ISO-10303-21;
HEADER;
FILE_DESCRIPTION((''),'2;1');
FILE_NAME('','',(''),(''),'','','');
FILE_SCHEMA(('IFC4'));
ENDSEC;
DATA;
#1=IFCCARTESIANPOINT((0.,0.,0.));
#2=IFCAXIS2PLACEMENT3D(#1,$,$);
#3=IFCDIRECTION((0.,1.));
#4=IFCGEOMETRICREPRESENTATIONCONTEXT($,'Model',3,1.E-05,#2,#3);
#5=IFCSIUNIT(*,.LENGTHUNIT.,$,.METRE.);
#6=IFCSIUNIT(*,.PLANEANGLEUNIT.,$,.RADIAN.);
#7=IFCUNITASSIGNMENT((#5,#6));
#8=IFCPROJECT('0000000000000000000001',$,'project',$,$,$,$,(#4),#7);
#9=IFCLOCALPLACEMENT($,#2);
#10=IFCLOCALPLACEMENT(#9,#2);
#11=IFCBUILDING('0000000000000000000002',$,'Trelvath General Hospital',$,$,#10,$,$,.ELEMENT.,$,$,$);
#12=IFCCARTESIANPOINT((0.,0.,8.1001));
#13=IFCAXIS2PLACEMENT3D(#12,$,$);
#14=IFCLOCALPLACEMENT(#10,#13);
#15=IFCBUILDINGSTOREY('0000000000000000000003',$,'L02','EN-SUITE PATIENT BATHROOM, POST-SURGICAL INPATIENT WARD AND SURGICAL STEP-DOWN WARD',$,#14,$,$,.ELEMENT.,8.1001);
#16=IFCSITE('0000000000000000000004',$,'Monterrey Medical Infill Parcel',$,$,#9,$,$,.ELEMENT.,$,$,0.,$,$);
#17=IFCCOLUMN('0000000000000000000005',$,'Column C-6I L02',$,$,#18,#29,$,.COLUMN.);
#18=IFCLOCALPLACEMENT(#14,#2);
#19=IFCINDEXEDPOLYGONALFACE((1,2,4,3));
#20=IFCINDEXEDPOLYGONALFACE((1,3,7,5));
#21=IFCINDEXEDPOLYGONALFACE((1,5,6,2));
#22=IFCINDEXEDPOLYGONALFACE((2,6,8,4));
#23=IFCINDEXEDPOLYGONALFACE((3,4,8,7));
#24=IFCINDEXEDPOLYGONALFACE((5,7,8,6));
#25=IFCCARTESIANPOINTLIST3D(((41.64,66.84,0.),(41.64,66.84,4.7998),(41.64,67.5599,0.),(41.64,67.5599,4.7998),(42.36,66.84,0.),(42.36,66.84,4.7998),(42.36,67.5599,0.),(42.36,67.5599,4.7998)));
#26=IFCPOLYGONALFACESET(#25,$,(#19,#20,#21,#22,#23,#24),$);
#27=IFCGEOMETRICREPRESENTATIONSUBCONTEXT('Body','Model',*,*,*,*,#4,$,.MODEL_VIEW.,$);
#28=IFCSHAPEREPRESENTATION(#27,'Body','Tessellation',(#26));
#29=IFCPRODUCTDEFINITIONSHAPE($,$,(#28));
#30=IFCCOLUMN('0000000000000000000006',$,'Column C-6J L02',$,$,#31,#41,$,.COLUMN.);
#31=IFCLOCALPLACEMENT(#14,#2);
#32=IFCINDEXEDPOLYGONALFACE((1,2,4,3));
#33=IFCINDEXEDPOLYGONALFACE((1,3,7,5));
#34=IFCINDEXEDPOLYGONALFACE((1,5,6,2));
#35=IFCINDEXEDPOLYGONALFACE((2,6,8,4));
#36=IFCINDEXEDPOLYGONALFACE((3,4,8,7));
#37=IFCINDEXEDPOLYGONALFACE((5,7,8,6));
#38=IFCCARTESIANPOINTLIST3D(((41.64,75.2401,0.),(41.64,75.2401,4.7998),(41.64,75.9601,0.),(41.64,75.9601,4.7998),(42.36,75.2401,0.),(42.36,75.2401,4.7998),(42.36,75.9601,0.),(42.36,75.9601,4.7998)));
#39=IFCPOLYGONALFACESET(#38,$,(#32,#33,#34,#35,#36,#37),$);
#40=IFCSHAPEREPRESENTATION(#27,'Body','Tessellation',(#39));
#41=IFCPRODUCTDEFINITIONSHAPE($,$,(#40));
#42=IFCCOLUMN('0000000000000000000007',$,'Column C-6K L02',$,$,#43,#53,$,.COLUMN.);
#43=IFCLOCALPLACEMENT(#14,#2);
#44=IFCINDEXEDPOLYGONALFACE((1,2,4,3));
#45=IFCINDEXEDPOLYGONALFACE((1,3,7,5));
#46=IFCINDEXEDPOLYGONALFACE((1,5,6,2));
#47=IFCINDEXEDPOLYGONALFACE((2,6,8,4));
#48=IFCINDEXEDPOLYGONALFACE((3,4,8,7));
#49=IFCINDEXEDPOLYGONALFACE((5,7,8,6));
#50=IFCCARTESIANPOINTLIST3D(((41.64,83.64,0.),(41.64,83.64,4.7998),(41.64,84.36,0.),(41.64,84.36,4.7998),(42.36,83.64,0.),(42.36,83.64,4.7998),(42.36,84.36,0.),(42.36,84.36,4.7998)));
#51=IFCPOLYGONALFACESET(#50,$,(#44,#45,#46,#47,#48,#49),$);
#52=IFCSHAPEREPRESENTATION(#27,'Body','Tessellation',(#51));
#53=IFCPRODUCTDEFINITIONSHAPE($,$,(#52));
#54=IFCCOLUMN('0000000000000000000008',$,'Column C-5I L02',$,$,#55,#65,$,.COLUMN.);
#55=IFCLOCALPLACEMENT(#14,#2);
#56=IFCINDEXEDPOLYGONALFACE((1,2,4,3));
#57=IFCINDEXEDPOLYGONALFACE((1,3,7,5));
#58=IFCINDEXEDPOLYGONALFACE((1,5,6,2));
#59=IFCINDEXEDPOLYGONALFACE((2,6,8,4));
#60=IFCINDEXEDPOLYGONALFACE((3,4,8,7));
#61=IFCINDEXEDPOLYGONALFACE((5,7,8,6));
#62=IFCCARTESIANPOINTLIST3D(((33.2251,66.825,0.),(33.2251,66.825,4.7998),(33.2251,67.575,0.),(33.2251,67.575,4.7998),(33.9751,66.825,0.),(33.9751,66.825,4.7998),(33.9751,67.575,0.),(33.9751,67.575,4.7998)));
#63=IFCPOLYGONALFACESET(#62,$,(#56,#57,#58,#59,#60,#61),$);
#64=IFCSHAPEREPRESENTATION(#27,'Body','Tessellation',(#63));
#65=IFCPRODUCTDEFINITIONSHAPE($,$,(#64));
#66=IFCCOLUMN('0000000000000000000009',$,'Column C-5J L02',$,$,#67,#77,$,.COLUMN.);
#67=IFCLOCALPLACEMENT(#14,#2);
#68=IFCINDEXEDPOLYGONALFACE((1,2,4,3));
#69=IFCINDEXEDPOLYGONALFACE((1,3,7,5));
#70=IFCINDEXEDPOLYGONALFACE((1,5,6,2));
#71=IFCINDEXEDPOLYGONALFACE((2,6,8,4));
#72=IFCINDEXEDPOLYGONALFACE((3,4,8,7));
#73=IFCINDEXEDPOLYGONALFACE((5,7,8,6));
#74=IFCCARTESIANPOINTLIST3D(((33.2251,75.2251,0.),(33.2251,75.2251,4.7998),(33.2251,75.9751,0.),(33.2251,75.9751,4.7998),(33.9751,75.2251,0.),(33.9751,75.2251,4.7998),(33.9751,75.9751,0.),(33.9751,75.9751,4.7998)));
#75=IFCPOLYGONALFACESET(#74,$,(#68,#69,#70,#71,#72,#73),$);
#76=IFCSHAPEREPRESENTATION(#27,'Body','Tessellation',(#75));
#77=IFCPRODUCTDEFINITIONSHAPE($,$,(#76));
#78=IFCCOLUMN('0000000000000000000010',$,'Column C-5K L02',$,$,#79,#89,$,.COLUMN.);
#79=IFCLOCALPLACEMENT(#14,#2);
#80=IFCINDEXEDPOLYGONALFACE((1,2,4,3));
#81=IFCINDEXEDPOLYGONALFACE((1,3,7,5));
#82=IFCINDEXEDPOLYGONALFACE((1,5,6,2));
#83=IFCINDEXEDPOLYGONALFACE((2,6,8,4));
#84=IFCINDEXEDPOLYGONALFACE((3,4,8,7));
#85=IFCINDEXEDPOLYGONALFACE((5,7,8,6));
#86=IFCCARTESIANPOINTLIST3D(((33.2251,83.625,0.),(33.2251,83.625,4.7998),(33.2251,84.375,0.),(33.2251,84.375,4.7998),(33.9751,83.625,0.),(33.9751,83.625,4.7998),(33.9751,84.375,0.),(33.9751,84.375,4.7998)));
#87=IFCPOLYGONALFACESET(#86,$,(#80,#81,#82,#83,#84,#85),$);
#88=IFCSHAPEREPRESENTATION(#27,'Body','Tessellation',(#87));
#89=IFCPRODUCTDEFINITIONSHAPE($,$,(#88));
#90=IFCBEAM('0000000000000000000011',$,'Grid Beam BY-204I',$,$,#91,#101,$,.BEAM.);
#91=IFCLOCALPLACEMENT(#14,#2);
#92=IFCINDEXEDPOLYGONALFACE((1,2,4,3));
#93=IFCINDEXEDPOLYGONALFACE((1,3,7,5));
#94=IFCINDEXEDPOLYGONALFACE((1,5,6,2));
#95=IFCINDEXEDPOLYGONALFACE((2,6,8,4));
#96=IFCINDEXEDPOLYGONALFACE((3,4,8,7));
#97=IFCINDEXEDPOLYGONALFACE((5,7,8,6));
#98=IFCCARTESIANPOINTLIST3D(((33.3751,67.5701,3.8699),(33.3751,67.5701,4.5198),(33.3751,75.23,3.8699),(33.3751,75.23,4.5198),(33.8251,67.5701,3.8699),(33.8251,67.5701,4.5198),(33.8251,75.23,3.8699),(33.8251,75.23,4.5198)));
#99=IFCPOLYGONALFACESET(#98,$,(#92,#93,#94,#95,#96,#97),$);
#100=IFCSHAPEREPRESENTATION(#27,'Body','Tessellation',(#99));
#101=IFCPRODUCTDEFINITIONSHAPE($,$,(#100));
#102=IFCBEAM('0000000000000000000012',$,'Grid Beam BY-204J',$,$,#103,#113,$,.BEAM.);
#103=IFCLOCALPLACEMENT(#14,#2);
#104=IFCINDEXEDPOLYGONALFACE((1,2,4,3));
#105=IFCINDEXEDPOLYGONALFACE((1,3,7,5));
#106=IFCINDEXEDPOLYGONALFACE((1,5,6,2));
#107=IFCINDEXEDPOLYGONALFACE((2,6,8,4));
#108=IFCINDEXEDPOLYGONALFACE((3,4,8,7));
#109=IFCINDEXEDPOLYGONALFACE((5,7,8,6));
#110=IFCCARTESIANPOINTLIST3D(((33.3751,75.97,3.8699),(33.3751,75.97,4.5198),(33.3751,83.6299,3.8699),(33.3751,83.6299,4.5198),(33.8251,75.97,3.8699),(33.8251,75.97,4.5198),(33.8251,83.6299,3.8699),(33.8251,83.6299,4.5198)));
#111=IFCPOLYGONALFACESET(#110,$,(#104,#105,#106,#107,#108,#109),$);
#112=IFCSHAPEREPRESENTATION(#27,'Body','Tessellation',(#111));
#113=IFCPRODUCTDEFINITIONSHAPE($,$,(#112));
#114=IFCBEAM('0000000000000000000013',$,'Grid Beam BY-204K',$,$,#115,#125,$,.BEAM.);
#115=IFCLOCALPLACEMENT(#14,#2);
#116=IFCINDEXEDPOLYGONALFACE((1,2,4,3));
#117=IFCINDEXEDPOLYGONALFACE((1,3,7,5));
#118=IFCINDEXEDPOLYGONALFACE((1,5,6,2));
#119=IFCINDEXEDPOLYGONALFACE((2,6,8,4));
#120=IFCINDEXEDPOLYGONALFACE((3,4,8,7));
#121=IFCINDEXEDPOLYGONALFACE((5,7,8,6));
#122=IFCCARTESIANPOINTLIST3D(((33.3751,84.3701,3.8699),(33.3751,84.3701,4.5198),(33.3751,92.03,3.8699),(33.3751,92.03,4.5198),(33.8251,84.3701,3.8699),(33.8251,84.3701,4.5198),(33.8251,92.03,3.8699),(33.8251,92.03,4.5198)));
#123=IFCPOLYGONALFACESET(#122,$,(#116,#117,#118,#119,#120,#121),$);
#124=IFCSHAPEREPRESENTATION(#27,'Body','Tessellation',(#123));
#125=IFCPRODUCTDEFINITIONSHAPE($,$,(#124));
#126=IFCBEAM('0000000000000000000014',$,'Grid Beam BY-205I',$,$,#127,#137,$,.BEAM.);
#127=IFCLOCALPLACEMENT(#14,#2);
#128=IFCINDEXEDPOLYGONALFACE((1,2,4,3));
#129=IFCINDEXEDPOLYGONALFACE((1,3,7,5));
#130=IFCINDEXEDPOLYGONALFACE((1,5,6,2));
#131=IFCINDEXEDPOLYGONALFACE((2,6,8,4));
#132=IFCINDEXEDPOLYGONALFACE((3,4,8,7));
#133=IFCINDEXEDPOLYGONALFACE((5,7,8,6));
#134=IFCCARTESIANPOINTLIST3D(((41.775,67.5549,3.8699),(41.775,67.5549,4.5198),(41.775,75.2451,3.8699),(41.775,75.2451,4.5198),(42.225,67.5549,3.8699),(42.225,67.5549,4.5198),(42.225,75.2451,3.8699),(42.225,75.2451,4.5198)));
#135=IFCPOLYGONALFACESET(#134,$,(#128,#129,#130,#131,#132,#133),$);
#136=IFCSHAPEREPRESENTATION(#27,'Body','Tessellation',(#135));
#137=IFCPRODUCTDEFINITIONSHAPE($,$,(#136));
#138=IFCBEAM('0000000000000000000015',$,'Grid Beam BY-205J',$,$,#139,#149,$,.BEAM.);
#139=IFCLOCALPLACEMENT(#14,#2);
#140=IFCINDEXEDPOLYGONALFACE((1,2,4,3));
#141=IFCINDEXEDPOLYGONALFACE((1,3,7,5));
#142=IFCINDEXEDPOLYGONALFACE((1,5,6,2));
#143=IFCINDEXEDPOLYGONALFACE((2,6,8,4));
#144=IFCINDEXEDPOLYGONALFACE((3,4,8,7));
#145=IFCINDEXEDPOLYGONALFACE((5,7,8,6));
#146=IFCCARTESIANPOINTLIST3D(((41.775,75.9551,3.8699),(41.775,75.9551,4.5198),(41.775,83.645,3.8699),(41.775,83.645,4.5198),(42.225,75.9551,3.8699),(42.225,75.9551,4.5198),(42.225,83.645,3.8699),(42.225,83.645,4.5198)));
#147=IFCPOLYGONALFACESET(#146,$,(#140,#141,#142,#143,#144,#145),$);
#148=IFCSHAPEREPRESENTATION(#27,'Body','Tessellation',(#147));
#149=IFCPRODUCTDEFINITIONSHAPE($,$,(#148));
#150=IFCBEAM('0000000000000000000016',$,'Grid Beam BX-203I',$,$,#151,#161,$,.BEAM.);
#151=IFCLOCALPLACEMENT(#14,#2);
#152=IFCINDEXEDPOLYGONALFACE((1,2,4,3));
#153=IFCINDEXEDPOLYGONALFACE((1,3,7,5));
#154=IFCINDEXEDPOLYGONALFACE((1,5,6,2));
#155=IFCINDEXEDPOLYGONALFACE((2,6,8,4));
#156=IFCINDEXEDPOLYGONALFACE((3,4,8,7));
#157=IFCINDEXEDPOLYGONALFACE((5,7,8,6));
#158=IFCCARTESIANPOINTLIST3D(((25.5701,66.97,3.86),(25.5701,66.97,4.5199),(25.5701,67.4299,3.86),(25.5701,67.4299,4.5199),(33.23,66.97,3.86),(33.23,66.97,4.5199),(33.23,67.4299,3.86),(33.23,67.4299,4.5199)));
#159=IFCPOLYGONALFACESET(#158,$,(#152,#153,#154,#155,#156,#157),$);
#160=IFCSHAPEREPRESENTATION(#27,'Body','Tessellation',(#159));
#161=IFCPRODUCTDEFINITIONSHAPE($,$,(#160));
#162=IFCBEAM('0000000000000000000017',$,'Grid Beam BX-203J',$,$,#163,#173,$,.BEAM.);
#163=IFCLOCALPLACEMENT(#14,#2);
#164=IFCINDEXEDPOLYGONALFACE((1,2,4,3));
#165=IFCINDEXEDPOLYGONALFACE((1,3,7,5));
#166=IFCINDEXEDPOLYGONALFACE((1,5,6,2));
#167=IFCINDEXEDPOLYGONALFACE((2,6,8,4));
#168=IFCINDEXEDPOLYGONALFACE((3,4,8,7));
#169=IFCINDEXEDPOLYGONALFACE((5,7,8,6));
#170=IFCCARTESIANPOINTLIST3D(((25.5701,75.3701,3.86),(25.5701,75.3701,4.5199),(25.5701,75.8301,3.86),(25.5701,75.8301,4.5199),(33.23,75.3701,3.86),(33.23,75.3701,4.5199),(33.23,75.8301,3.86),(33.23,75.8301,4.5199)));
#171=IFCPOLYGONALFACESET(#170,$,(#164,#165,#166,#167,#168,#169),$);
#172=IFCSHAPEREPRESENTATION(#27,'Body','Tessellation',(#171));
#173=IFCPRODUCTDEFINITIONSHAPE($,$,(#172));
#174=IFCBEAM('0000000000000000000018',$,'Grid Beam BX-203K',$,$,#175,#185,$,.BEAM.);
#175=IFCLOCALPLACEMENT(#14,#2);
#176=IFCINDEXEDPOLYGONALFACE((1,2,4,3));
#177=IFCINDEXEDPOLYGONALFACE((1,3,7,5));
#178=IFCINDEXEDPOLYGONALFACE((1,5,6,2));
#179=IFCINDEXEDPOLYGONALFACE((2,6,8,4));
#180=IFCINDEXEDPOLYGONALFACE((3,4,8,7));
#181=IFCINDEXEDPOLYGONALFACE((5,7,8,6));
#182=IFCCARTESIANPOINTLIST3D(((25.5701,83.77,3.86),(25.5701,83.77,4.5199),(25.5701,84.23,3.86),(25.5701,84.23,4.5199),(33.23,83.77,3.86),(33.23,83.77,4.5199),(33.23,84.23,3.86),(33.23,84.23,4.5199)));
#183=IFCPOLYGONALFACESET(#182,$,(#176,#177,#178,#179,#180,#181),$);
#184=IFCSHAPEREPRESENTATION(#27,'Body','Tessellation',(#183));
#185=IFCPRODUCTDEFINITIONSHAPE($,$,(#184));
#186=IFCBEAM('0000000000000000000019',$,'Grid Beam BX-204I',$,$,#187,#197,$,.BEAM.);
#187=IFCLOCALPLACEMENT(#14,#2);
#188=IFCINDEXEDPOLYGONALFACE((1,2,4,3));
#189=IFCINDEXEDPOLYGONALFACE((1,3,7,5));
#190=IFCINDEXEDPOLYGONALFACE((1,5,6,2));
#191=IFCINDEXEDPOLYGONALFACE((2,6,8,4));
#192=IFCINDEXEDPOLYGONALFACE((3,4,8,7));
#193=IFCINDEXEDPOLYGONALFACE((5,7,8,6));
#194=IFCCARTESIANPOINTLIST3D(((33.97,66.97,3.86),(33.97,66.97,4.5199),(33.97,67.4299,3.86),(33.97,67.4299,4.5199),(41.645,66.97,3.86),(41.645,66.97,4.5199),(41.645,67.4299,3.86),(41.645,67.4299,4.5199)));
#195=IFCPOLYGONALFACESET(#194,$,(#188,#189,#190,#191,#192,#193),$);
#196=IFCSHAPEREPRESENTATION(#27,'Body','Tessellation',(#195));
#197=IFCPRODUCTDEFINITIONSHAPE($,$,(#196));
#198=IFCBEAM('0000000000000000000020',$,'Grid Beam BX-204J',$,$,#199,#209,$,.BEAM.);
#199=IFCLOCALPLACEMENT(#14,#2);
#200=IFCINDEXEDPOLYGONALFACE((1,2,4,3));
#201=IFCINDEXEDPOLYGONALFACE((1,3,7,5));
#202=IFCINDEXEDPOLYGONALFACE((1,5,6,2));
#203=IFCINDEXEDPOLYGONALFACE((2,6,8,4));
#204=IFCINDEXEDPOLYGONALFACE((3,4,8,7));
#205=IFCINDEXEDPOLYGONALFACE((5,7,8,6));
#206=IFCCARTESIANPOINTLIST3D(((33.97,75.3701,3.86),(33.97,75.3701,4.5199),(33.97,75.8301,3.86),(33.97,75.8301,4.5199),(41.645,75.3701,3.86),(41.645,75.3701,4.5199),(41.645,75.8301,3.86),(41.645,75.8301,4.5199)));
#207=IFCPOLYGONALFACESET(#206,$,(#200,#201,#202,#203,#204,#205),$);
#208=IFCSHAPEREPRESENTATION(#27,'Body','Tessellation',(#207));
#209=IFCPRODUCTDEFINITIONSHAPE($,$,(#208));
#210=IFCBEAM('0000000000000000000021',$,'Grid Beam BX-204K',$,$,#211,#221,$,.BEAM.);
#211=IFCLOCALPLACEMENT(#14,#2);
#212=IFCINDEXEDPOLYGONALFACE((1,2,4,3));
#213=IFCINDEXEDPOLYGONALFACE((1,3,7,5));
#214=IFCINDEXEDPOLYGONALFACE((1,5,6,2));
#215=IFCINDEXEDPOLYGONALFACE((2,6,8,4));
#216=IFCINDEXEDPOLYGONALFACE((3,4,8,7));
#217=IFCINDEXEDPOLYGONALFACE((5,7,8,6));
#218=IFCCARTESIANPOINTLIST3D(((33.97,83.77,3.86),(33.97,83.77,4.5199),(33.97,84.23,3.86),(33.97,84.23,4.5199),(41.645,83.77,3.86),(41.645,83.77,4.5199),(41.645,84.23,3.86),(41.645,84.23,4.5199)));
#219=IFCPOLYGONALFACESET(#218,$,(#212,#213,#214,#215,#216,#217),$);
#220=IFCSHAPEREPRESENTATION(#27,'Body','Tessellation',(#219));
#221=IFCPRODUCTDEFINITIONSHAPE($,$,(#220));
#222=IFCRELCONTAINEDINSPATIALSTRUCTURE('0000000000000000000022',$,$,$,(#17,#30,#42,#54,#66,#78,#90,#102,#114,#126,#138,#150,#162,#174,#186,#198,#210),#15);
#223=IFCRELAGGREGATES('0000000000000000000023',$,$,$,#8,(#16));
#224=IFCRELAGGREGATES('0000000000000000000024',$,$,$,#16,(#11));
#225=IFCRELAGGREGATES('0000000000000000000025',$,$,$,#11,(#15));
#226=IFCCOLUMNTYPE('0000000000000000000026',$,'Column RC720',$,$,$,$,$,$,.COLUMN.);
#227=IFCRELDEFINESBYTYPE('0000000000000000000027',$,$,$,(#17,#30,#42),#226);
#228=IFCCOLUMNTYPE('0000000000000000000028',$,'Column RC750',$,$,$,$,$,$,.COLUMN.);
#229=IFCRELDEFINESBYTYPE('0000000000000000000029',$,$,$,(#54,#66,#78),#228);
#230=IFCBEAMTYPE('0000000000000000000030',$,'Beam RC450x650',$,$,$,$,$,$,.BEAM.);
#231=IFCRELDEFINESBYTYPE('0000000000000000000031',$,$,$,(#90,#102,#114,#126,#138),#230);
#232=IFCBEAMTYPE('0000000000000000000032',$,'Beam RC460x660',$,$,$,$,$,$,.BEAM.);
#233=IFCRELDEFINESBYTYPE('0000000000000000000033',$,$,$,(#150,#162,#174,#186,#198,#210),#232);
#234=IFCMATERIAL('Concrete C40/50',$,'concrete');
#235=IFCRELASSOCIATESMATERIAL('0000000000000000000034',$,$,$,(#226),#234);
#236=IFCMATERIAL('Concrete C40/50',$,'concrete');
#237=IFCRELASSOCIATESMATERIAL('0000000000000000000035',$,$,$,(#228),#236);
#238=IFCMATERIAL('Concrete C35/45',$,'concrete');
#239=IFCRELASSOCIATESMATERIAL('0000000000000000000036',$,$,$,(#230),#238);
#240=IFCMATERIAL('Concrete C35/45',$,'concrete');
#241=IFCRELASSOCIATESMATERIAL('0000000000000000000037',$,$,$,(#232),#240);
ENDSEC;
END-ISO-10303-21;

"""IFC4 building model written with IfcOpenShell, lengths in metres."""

from ifc_helpers import new_model, si_unit, direction, frame, origin, origin_2d, place, context, subcontext, project, spatial, rectangle, extrude, material, material_profile, profile_set, type_object, element, save


model = new_model("IFC4")

# Units and contexts
model_context = context("Model", 3, precision=1e-05, world=origin(), true_north=direction((0.0, 1.0)))
body_context = subcontext(model_context, "Body", "Model", "MODEL_VIEW")
ifc_project = project(units=[si_unit("LENGTHUNIT", "METRE"), si_unit("PLANEANGLEUNIT", "RADIAN")], contexts=[model_context])

# Site, building, storey
site_placement = place(None, origin())
site = spatial("IfcSite", under=ifc_project, at=site_placement, Name="Monterrey Medical Infill Parcel", CompositionType="ELEMENT", RefElevation=0.0)
building_placement = place(site_placement, origin())
building = spatial("IfcBuilding", under=site, at=building_placement, Name="Trelvath General Hospital", CompositionType="ELEMENT")
storey_placement = place(building_placement, frame((0.0, 0.0, 8.1001)))
storey = spatial("IfcBuildingStorey", under=building, at=storey_placement, Name="L02", Description="EN-SUITE PATIENT BATHROOM, POST-SURGICAL INPATIENT WARD AND SURGICAL STEP-DOWN WARD", CompositionType="ELEMENT", Elevation=8.1001)

# Columns
ifc_material_1 = material(Name="Concrete C40/50", Category="concrete")
ifc_material_profile_1 = material_profile(ifc_material_1, rectangle(XDim=0.72, YDim=0.72, at=origin_2d()), Name="RC720x720")
ifc_profile_set_1 = profile_set([ifc_material_profile_1], Name="Concrete C40/50")
column_type_1 = type_object("IfcColumnType", Name="Column RC720", PredefinedType="COLUMN", material=ifc_profile_set_1)
for number, where, z_axis, x_axis, name in (
    (1, (42.0, 67.2, 0.0), (0.0, 0.0, 1.0), (1.0, 0.0, 0.0), "Column C-6I L02"),
    (2, (42.0, 75.6001, 0.0), (0.0, 0.0, 1.0), (1.0, 0.0, 0.0), "Column C-6J L02"),
    (3, (42.0, 84.0, 0.0), (0.0, 0.0, 1.0), (1.0, 0.0, 0.0), "Column C-6K L02"),
):
    element("IfcColumn", number, at=place(storey_placement, frame(where, z_axis=z_axis, x_axis=x_axis)), inside=storey, type_object=column_type_1, Name=name, PredefinedType="COLUMN", context=body_context, shape_type="SweptSolid", body=[
        extrude(rectangle(XDim=0.72, YDim=0.72, at=origin_2d()), origin(), (0.0, 0.0, 1.0), 4.7998),
    ])
ifc_material_2 = material(Name="Concrete C40/50", Category="concrete")
ifc_material_profile_2 = material_profile(ifc_material_2, rectangle(XDim=0.75, YDim=0.75, at=origin_2d()), Name="RC750x750")
ifc_profile_set_2 = profile_set([ifc_material_profile_2], Name="Concrete C40/50")
column_type_2 = type_object("IfcColumnType", Name="Column RC750", PredefinedType="COLUMN", material=ifc_profile_set_2)
for number, where, z_axis, x_axis, name in (
    (4, (33.6001, 67.2, 0.0), (0.0, 0.0, 1.0), (1.0, 0.0, 0.0), "Column C-5I L02"),
    (5, (33.6001, 75.6001, 0.0), (0.0, 0.0, 1.0), (1.0, 0.0, 0.0), "Column C-5J L02"),
    (6, (33.6001, 84.0, 0.0), (0.0, 0.0, 1.0), (1.0, 0.0, 0.0), "Column C-5K L02"),
):
    element("IfcColumn", number, at=place(storey_placement, frame(where, z_axis=z_axis, x_axis=x_axis)), inside=storey, type_object=column_type_2, Name=name, PredefinedType="COLUMN", context=body_context, shape_type="SweptSolid", body=[
        extrude(rectangle(XDim=0.75, YDim=0.75, at=origin_2d()), origin(), (0.0, 0.0, 1.0), 4.7998),
    ])

# Beams
ifc_material_3 = material(Name="Concrete C35/45", Category="concrete")
ifc_material_profile_3 = material_profile(ifc_material_3, rectangle(XDim=0.45, YDim=0.6499, at=origin_2d()), Name="RCB450x650")
ifc_profile_set_3 = profile_set([ifc_material_profile_3], Name="Concrete C35/45")
beam_type_1 = type_object("IfcBeamType", Name="Beam RC450x650", PredefinedType="BEAM", material=ifc_profile_set_3)
for number, where, z_axis, x_axis, name in (
    (7, (33.6001, 67.5701, 4.1948), (0.0, 1.0, 0.0), (-1.0, 0.0, 0.0), "Grid Beam BY-204I"),
    (8, (33.6001, 75.97, 4.1948), (0.0, 1.0, 0.0), (-1.0, 0.0, 0.0), "Grid Beam BY-204J"),
    (9, (33.6001, 84.3701, 4.1948), (0.0, 1.0, 0.0), (-1.0, 0.0, 0.0), "Grid Beam BY-204K"),
):
    element("IfcBeam", number, at=place(storey_placement, frame(where, z_axis=z_axis, x_axis=x_axis)), inside=storey, type_object=beam_type_1, Name=name, PredefinedType="BEAM", context=body_context, shape_type="SweptSolid", body=[
        extrude(rectangle(XDim=0.45, YDim=0.6499, at=origin_2d()), origin(), (0.0, 0.0, 1.0), 7.6599),
    ])
beam_1_placement = place(storey_placement, frame((42.0, 67.5549, 4.1948), z_axis=(0.0, 1.0, 0.0), x_axis=(-1.0, 0.0, 0.0)))
element("IfcBeam", 10, at=beam_1_placement, inside=storey, type_object=beam_type_1, Name="Grid Beam BY-205I", PredefinedType="BEAM", context=body_context, shape_type="SweptSolid", body=[
    extrude(rectangle(XDim=0.45, YDim=0.6499, at=origin_2d()), origin(), (0.0, 0.0, 1.0), 7.6902),
])
beam_2_placement = place(storey_placement, frame((42.0, 75.9551, 4.1948), z_axis=(0.0, 1.0, 0.0), x_axis=(-1.0, 0.0, 0.0)))
element("IfcBeam", 11, at=beam_2_placement, inside=storey, type_object=beam_type_1, Name="Grid Beam BY-205J", PredefinedType="BEAM", context=body_context, shape_type="SweptSolid", body=[
    extrude(rectangle(XDim=0.45, YDim=0.6499, at=origin_2d()), origin(), (0.0, 0.0, 1.0), 7.6899),
])
ifc_material_4 = material(Name="Concrete C35/45", Category="concrete")
ifc_material_profile_4 = material_profile(ifc_material_4, rectangle(XDim=0.46, YDim=0.6599, at=origin_2d()), Name="RCB460x660")
ifc_profile_set_4 = profile_set([ifc_material_profile_4], Name="Concrete C35/45")
beam_type_2 = type_object("IfcBeamType", Name="Beam RC460x660", PredefinedType="BEAM", material=ifc_profile_set_4)
for number, where, z_axis, x_axis, name in (
    (12, (25.5701, 67.2, 4.1899), (1.0, 0.0, 0.0), (0.0, 1.0, 0.0), "Grid Beam BX-203I"),
    (13, (25.5701, 75.6001, 4.1899), (1.0, 0.0, 0.0), (0.0, 1.0, 0.0), "Grid Beam BX-203J"),
    (14, (25.5701, 84.0, 4.1899), (1.0, 0.0, 0.0), (0.0, 1.0, 0.0), "Grid Beam BX-203K"),
):
    element("IfcBeam", number, at=place(storey_placement, frame(where, z_axis=z_axis, x_axis=x_axis)), inside=storey, type_object=beam_type_2, Name=name, PredefinedType="BEAM", context=body_context, shape_type="SweptSolid", body=[
        extrude(rectangle(XDim=0.46, YDim=0.6599, at=origin_2d()), origin(), (0.0, 0.0, 1.0), 7.6599),
    ])
for number, where, z_axis, x_axis, name in (
    (15, (33.97, 67.2, 4.1899), (1.0, 0.0, 0.0), (0.0, 1.0, 0.0), "Grid Beam BX-204I"),
    (16, (33.97, 75.6001, 4.1899), (1.0, 0.0, 0.0), (0.0, 1.0, 0.0), "Grid Beam BX-204J"),
    (17, (33.97, 84.0, 4.1899), (1.0, 0.0, 0.0), (0.0, 1.0, 0.0), "Grid Beam BX-204K"),
):
    element("IfcBeam", number, at=place(storey_placement, frame(where, z_axis=z_axis, x_axis=x_axis)), inside=storey, type_object=beam_type_2, Name=name, PredefinedType="BEAM", context=body_context, shape_type="SweptSolid", body=[
        extrude(rectangle(XDim=0.46, YDim=0.6599, at=origin_2d()), origin(), (0.0, 0.0, 1.0), 7.675),
    ])

save(model, "model.ifc")
